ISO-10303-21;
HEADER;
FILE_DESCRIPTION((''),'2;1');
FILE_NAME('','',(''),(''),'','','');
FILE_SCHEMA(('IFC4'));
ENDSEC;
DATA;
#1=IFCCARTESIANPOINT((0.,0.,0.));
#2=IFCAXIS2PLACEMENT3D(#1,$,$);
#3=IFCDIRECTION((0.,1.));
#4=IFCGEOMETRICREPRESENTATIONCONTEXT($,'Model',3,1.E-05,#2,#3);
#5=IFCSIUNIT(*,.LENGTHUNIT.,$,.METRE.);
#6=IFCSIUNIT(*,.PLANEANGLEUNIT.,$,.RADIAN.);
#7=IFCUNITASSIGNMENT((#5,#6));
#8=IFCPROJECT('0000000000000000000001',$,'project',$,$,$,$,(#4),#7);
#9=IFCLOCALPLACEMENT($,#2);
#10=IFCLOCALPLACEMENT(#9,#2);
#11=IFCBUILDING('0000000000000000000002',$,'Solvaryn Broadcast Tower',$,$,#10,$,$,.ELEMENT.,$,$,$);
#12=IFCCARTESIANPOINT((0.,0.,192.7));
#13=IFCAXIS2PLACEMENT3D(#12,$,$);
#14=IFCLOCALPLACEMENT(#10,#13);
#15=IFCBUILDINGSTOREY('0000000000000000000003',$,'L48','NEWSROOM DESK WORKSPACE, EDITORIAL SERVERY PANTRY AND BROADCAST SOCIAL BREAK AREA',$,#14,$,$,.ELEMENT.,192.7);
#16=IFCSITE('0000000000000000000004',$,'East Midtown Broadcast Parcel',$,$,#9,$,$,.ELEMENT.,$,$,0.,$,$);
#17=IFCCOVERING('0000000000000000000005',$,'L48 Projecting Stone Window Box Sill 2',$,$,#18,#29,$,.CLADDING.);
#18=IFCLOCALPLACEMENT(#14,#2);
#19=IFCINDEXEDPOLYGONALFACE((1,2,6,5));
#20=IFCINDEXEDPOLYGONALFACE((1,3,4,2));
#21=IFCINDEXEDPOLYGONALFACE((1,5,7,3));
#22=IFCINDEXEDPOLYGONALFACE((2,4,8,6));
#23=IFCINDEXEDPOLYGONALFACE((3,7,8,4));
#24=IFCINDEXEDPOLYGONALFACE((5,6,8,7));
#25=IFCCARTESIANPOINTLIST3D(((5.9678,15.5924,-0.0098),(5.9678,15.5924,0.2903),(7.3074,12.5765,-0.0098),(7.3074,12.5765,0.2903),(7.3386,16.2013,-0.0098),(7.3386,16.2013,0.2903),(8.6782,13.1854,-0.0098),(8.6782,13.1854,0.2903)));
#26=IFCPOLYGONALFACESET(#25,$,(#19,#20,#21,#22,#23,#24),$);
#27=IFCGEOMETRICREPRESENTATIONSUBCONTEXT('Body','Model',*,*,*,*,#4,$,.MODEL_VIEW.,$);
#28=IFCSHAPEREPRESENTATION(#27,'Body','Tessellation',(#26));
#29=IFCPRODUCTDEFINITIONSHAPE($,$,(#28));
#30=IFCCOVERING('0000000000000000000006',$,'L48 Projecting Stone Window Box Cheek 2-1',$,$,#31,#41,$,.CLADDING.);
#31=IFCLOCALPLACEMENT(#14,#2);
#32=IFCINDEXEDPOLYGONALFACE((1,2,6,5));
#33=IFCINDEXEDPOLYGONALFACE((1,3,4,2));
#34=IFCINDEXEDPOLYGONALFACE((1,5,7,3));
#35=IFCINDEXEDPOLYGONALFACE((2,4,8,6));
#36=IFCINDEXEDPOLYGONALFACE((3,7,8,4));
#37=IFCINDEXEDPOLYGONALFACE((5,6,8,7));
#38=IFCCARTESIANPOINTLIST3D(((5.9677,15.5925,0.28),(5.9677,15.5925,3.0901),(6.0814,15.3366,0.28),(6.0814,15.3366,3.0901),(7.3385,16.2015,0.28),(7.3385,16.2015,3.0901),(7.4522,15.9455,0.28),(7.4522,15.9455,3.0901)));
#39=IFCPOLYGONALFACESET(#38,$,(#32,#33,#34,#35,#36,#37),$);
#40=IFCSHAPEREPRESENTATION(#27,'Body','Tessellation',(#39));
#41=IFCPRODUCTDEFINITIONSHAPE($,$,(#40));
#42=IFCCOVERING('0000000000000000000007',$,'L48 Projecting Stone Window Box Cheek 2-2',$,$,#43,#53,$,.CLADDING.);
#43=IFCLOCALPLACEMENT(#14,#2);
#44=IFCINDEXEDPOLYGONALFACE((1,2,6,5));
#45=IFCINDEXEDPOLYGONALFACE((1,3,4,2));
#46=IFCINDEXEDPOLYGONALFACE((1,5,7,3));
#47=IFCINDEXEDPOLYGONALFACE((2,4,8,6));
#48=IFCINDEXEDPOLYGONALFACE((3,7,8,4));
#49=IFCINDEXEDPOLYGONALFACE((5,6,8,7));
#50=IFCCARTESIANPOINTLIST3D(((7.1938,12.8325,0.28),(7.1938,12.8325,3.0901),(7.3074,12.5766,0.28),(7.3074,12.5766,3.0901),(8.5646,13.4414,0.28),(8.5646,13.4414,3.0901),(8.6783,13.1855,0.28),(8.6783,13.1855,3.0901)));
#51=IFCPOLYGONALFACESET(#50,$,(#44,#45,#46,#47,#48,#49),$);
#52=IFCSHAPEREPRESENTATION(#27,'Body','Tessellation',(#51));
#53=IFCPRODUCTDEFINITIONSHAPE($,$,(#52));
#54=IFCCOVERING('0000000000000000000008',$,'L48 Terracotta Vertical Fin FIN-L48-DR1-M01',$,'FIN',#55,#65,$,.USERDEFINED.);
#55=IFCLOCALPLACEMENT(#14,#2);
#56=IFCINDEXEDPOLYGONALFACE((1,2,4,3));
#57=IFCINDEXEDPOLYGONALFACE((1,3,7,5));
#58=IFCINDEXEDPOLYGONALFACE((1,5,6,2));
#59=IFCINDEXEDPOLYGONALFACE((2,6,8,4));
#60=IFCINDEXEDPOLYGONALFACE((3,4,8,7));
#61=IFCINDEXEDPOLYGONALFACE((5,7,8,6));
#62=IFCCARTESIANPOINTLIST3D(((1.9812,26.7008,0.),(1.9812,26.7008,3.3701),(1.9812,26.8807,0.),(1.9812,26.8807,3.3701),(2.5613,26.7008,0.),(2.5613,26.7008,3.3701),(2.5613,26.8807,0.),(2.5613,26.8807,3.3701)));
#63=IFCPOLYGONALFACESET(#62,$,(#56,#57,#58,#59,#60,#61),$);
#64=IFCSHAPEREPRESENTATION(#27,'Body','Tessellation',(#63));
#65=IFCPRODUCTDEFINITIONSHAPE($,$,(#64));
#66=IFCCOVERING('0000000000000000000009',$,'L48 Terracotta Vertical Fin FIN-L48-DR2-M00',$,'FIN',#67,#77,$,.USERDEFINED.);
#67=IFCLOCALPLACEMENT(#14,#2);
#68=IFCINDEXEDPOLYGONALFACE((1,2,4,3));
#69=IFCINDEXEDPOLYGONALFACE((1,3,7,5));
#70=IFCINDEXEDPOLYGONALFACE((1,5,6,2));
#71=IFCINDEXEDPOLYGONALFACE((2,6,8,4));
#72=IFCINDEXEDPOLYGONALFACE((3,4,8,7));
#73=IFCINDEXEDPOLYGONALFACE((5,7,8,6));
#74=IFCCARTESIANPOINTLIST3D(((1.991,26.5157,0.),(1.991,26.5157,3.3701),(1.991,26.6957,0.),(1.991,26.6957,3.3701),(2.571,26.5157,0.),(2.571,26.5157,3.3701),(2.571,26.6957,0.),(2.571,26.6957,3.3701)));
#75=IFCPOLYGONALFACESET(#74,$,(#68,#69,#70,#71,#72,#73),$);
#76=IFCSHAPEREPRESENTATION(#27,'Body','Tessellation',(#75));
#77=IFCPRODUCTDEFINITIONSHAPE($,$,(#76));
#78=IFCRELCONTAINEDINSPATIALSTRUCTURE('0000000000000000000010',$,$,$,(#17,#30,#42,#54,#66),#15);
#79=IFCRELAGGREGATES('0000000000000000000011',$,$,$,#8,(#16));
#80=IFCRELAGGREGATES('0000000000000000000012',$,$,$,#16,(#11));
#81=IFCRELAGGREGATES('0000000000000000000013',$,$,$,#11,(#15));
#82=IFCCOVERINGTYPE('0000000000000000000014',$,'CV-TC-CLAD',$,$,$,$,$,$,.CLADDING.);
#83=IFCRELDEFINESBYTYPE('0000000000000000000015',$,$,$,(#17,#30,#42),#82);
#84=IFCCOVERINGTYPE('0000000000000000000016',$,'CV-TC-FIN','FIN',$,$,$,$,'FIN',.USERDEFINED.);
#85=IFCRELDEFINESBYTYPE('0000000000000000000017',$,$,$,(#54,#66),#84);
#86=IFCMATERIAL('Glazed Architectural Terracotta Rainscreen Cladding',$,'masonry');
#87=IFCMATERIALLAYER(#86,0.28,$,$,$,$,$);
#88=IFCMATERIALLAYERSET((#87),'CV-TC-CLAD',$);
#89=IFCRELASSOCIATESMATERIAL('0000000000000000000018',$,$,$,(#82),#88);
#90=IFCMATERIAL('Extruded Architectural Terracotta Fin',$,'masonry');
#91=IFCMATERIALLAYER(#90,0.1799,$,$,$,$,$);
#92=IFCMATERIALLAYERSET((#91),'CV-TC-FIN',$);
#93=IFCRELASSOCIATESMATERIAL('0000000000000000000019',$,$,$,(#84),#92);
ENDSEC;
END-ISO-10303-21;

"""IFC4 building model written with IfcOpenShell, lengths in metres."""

from ifc_helpers import new_model, si_unit, direction, frame, origin, origin_2d, place, context, subcontext, project, spatial, rectangle, extrude, material, layer, layer_set, type_object, element, save


model = new_model("IFC4")

# Units and contexts
model_context = context("Model", 3, precision=1e-05, world=origin(), true_north=direction((0.0, 1.0)))
body_context = subcontext(model_context, "Body", "Model", "MODEL_VIEW")
ifc_project = project(units=[si_unit("LENGTHUNIT", "METRE"), si_unit("PLANEANGLEUNIT", "RADIAN")], contexts=[model_context])

# Site, building, storey
site_placement = place(None, origin())
site = spatial("IfcSite", under=ifc_project, at=site_placement, Name="East Midtown Broadcast Parcel", CompositionType="ELEMENT", RefElevation=0.0)
building_placement = place(site_placement, origin())
building = spatial("IfcBuilding", under=site, at=building_placement, Name="Solvaryn Broadcast Tower", CompositionType="ELEMENT")
storey_placement = place(building_placement, frame((0.0, 0.0, 192.7)))
storey = spatial("IfcBuildingStorey", under=building, at=storey_placement, Name="L48", Description="NEWSROOM DESK WORKSPACE, EDITORIAL SERVERY PANTRY AND BROADCAST SOCIAL BREAK AREA", CompositionType="ELEMENT", Elevation=192.7)

# Coverings
ifc_material_1 = material(Name="Glazed Architectural Terracotta Rainscreen Cladding", Category="masonry")
ifc_layer_1 = layer(ifc_material_1, 0.28)
ifc_layer_set_1 = layer_set([ifc_layer_1], Name="CV-TC-CLAD")
covering_type_1 = type_object("IfcCoveringType", Name="CV-TC-CLAD", PredefinedType="CLADDING", material=ifc_layer_set_1)
for number, where, z_axis, x_axis, name in (
    (1, (7.323, 14.3889, -0.0098), (0.0, 0.0, 1.0), (0.405939, -0.9139, 0.0), "L48 Projecting Stone Window Box Sill 2"),
):
    element("IfcCovering", number, at=place(storey_placement, frame(where, z_axis=z_axis, x_axis=x_axis)), inside=storey, type_object=covering_type_1, Name=name, PredefinedType="CLADDING", context=body_context, shape_type="SweptSolid", body=[
        extrude(rectangle(XDim=3.3, YDim=1.5, at=origin_2d()), origin(), (0.0, 0.0, 1.0), 0.3),
    ])
for number, where, z_axis, x_axis, name in (
    (2, (6.71, 15.769, 0.28), (0.0, 0.0, 1.0), (0.405939, -0.9139, 0.0), "L48 Projecting Stone Window Box Cheek 2-1"),
    (3, (7.936, 13.009, 0.28), (0.0, 0.0, 1.0), (0.405939, -0.9139, 0.0), "L48 Projecting Stone Window Box Cheek 2-2"),
):
    element("IfcCovering", number, at=place(storey_placement, frame(where, z_axis=z_axis, x_axis=x_axis)), inside=storey, type_object=covering_type_1, Name=name, PredefinedType="CLADDING", context=body_context, shape_type="SweptSolid", body=[
        extrude(rectangle(XDim=0.28, YDim=1.5, at=origin_2d()), origin(), (0.0, 0.0, 1.0), 2.8101),
    ])
ifc_material_2 = material(Name="Extruded Architectural Terracotta Fin", Category="masonry")
ifc_layer_2 = layer(ifc_material_2, 0.1799)
ifc_layer_set_2 = layer_set([ifc_layer_2], Name="CV-TC-FIN")
covering_type_2 = type_object("IfcCoveringType", Name="CV-TC-FIN", Description="FIN", ElementType="FIN", PredefinedType="USERDEFINED", material=ifc_layer_set_2)
for number, where, z_axis, x_axis, name in (
    (4, (2.2712, 26.7908, 0.0), (0.0, 0.0, 1.0), (1.0, 0.0, 0.0), "L48 Terracotta Vertical Fin FIN-L48-DR1-M01"),
    (5, (2.281, 26.6057, 0.0), (0.0, 0.0, 1.0), (1.0, 0.0, 0.0), "L48 Terracotta Vertical Fin FIN-L48-DR2-M00"),
):
    element("IfcCovering", number, at=place(storey_placement, frame(where, z_axis=z_axis, x_axis=x_axis)), inside=storey, type_object=covering_type_2, Name=name, ObjectType="FIN", PredefinedType="USERDEFINED", context=body_context, shape_type="SweptSolid", body=[
        extrude(rectangle(XDim=0.5801, YDim=0.1799, at=origin_2d()), origin(), (0.0, 0.0, 1.0), 3.3701),
    ])

save(model, "model.ifc")
